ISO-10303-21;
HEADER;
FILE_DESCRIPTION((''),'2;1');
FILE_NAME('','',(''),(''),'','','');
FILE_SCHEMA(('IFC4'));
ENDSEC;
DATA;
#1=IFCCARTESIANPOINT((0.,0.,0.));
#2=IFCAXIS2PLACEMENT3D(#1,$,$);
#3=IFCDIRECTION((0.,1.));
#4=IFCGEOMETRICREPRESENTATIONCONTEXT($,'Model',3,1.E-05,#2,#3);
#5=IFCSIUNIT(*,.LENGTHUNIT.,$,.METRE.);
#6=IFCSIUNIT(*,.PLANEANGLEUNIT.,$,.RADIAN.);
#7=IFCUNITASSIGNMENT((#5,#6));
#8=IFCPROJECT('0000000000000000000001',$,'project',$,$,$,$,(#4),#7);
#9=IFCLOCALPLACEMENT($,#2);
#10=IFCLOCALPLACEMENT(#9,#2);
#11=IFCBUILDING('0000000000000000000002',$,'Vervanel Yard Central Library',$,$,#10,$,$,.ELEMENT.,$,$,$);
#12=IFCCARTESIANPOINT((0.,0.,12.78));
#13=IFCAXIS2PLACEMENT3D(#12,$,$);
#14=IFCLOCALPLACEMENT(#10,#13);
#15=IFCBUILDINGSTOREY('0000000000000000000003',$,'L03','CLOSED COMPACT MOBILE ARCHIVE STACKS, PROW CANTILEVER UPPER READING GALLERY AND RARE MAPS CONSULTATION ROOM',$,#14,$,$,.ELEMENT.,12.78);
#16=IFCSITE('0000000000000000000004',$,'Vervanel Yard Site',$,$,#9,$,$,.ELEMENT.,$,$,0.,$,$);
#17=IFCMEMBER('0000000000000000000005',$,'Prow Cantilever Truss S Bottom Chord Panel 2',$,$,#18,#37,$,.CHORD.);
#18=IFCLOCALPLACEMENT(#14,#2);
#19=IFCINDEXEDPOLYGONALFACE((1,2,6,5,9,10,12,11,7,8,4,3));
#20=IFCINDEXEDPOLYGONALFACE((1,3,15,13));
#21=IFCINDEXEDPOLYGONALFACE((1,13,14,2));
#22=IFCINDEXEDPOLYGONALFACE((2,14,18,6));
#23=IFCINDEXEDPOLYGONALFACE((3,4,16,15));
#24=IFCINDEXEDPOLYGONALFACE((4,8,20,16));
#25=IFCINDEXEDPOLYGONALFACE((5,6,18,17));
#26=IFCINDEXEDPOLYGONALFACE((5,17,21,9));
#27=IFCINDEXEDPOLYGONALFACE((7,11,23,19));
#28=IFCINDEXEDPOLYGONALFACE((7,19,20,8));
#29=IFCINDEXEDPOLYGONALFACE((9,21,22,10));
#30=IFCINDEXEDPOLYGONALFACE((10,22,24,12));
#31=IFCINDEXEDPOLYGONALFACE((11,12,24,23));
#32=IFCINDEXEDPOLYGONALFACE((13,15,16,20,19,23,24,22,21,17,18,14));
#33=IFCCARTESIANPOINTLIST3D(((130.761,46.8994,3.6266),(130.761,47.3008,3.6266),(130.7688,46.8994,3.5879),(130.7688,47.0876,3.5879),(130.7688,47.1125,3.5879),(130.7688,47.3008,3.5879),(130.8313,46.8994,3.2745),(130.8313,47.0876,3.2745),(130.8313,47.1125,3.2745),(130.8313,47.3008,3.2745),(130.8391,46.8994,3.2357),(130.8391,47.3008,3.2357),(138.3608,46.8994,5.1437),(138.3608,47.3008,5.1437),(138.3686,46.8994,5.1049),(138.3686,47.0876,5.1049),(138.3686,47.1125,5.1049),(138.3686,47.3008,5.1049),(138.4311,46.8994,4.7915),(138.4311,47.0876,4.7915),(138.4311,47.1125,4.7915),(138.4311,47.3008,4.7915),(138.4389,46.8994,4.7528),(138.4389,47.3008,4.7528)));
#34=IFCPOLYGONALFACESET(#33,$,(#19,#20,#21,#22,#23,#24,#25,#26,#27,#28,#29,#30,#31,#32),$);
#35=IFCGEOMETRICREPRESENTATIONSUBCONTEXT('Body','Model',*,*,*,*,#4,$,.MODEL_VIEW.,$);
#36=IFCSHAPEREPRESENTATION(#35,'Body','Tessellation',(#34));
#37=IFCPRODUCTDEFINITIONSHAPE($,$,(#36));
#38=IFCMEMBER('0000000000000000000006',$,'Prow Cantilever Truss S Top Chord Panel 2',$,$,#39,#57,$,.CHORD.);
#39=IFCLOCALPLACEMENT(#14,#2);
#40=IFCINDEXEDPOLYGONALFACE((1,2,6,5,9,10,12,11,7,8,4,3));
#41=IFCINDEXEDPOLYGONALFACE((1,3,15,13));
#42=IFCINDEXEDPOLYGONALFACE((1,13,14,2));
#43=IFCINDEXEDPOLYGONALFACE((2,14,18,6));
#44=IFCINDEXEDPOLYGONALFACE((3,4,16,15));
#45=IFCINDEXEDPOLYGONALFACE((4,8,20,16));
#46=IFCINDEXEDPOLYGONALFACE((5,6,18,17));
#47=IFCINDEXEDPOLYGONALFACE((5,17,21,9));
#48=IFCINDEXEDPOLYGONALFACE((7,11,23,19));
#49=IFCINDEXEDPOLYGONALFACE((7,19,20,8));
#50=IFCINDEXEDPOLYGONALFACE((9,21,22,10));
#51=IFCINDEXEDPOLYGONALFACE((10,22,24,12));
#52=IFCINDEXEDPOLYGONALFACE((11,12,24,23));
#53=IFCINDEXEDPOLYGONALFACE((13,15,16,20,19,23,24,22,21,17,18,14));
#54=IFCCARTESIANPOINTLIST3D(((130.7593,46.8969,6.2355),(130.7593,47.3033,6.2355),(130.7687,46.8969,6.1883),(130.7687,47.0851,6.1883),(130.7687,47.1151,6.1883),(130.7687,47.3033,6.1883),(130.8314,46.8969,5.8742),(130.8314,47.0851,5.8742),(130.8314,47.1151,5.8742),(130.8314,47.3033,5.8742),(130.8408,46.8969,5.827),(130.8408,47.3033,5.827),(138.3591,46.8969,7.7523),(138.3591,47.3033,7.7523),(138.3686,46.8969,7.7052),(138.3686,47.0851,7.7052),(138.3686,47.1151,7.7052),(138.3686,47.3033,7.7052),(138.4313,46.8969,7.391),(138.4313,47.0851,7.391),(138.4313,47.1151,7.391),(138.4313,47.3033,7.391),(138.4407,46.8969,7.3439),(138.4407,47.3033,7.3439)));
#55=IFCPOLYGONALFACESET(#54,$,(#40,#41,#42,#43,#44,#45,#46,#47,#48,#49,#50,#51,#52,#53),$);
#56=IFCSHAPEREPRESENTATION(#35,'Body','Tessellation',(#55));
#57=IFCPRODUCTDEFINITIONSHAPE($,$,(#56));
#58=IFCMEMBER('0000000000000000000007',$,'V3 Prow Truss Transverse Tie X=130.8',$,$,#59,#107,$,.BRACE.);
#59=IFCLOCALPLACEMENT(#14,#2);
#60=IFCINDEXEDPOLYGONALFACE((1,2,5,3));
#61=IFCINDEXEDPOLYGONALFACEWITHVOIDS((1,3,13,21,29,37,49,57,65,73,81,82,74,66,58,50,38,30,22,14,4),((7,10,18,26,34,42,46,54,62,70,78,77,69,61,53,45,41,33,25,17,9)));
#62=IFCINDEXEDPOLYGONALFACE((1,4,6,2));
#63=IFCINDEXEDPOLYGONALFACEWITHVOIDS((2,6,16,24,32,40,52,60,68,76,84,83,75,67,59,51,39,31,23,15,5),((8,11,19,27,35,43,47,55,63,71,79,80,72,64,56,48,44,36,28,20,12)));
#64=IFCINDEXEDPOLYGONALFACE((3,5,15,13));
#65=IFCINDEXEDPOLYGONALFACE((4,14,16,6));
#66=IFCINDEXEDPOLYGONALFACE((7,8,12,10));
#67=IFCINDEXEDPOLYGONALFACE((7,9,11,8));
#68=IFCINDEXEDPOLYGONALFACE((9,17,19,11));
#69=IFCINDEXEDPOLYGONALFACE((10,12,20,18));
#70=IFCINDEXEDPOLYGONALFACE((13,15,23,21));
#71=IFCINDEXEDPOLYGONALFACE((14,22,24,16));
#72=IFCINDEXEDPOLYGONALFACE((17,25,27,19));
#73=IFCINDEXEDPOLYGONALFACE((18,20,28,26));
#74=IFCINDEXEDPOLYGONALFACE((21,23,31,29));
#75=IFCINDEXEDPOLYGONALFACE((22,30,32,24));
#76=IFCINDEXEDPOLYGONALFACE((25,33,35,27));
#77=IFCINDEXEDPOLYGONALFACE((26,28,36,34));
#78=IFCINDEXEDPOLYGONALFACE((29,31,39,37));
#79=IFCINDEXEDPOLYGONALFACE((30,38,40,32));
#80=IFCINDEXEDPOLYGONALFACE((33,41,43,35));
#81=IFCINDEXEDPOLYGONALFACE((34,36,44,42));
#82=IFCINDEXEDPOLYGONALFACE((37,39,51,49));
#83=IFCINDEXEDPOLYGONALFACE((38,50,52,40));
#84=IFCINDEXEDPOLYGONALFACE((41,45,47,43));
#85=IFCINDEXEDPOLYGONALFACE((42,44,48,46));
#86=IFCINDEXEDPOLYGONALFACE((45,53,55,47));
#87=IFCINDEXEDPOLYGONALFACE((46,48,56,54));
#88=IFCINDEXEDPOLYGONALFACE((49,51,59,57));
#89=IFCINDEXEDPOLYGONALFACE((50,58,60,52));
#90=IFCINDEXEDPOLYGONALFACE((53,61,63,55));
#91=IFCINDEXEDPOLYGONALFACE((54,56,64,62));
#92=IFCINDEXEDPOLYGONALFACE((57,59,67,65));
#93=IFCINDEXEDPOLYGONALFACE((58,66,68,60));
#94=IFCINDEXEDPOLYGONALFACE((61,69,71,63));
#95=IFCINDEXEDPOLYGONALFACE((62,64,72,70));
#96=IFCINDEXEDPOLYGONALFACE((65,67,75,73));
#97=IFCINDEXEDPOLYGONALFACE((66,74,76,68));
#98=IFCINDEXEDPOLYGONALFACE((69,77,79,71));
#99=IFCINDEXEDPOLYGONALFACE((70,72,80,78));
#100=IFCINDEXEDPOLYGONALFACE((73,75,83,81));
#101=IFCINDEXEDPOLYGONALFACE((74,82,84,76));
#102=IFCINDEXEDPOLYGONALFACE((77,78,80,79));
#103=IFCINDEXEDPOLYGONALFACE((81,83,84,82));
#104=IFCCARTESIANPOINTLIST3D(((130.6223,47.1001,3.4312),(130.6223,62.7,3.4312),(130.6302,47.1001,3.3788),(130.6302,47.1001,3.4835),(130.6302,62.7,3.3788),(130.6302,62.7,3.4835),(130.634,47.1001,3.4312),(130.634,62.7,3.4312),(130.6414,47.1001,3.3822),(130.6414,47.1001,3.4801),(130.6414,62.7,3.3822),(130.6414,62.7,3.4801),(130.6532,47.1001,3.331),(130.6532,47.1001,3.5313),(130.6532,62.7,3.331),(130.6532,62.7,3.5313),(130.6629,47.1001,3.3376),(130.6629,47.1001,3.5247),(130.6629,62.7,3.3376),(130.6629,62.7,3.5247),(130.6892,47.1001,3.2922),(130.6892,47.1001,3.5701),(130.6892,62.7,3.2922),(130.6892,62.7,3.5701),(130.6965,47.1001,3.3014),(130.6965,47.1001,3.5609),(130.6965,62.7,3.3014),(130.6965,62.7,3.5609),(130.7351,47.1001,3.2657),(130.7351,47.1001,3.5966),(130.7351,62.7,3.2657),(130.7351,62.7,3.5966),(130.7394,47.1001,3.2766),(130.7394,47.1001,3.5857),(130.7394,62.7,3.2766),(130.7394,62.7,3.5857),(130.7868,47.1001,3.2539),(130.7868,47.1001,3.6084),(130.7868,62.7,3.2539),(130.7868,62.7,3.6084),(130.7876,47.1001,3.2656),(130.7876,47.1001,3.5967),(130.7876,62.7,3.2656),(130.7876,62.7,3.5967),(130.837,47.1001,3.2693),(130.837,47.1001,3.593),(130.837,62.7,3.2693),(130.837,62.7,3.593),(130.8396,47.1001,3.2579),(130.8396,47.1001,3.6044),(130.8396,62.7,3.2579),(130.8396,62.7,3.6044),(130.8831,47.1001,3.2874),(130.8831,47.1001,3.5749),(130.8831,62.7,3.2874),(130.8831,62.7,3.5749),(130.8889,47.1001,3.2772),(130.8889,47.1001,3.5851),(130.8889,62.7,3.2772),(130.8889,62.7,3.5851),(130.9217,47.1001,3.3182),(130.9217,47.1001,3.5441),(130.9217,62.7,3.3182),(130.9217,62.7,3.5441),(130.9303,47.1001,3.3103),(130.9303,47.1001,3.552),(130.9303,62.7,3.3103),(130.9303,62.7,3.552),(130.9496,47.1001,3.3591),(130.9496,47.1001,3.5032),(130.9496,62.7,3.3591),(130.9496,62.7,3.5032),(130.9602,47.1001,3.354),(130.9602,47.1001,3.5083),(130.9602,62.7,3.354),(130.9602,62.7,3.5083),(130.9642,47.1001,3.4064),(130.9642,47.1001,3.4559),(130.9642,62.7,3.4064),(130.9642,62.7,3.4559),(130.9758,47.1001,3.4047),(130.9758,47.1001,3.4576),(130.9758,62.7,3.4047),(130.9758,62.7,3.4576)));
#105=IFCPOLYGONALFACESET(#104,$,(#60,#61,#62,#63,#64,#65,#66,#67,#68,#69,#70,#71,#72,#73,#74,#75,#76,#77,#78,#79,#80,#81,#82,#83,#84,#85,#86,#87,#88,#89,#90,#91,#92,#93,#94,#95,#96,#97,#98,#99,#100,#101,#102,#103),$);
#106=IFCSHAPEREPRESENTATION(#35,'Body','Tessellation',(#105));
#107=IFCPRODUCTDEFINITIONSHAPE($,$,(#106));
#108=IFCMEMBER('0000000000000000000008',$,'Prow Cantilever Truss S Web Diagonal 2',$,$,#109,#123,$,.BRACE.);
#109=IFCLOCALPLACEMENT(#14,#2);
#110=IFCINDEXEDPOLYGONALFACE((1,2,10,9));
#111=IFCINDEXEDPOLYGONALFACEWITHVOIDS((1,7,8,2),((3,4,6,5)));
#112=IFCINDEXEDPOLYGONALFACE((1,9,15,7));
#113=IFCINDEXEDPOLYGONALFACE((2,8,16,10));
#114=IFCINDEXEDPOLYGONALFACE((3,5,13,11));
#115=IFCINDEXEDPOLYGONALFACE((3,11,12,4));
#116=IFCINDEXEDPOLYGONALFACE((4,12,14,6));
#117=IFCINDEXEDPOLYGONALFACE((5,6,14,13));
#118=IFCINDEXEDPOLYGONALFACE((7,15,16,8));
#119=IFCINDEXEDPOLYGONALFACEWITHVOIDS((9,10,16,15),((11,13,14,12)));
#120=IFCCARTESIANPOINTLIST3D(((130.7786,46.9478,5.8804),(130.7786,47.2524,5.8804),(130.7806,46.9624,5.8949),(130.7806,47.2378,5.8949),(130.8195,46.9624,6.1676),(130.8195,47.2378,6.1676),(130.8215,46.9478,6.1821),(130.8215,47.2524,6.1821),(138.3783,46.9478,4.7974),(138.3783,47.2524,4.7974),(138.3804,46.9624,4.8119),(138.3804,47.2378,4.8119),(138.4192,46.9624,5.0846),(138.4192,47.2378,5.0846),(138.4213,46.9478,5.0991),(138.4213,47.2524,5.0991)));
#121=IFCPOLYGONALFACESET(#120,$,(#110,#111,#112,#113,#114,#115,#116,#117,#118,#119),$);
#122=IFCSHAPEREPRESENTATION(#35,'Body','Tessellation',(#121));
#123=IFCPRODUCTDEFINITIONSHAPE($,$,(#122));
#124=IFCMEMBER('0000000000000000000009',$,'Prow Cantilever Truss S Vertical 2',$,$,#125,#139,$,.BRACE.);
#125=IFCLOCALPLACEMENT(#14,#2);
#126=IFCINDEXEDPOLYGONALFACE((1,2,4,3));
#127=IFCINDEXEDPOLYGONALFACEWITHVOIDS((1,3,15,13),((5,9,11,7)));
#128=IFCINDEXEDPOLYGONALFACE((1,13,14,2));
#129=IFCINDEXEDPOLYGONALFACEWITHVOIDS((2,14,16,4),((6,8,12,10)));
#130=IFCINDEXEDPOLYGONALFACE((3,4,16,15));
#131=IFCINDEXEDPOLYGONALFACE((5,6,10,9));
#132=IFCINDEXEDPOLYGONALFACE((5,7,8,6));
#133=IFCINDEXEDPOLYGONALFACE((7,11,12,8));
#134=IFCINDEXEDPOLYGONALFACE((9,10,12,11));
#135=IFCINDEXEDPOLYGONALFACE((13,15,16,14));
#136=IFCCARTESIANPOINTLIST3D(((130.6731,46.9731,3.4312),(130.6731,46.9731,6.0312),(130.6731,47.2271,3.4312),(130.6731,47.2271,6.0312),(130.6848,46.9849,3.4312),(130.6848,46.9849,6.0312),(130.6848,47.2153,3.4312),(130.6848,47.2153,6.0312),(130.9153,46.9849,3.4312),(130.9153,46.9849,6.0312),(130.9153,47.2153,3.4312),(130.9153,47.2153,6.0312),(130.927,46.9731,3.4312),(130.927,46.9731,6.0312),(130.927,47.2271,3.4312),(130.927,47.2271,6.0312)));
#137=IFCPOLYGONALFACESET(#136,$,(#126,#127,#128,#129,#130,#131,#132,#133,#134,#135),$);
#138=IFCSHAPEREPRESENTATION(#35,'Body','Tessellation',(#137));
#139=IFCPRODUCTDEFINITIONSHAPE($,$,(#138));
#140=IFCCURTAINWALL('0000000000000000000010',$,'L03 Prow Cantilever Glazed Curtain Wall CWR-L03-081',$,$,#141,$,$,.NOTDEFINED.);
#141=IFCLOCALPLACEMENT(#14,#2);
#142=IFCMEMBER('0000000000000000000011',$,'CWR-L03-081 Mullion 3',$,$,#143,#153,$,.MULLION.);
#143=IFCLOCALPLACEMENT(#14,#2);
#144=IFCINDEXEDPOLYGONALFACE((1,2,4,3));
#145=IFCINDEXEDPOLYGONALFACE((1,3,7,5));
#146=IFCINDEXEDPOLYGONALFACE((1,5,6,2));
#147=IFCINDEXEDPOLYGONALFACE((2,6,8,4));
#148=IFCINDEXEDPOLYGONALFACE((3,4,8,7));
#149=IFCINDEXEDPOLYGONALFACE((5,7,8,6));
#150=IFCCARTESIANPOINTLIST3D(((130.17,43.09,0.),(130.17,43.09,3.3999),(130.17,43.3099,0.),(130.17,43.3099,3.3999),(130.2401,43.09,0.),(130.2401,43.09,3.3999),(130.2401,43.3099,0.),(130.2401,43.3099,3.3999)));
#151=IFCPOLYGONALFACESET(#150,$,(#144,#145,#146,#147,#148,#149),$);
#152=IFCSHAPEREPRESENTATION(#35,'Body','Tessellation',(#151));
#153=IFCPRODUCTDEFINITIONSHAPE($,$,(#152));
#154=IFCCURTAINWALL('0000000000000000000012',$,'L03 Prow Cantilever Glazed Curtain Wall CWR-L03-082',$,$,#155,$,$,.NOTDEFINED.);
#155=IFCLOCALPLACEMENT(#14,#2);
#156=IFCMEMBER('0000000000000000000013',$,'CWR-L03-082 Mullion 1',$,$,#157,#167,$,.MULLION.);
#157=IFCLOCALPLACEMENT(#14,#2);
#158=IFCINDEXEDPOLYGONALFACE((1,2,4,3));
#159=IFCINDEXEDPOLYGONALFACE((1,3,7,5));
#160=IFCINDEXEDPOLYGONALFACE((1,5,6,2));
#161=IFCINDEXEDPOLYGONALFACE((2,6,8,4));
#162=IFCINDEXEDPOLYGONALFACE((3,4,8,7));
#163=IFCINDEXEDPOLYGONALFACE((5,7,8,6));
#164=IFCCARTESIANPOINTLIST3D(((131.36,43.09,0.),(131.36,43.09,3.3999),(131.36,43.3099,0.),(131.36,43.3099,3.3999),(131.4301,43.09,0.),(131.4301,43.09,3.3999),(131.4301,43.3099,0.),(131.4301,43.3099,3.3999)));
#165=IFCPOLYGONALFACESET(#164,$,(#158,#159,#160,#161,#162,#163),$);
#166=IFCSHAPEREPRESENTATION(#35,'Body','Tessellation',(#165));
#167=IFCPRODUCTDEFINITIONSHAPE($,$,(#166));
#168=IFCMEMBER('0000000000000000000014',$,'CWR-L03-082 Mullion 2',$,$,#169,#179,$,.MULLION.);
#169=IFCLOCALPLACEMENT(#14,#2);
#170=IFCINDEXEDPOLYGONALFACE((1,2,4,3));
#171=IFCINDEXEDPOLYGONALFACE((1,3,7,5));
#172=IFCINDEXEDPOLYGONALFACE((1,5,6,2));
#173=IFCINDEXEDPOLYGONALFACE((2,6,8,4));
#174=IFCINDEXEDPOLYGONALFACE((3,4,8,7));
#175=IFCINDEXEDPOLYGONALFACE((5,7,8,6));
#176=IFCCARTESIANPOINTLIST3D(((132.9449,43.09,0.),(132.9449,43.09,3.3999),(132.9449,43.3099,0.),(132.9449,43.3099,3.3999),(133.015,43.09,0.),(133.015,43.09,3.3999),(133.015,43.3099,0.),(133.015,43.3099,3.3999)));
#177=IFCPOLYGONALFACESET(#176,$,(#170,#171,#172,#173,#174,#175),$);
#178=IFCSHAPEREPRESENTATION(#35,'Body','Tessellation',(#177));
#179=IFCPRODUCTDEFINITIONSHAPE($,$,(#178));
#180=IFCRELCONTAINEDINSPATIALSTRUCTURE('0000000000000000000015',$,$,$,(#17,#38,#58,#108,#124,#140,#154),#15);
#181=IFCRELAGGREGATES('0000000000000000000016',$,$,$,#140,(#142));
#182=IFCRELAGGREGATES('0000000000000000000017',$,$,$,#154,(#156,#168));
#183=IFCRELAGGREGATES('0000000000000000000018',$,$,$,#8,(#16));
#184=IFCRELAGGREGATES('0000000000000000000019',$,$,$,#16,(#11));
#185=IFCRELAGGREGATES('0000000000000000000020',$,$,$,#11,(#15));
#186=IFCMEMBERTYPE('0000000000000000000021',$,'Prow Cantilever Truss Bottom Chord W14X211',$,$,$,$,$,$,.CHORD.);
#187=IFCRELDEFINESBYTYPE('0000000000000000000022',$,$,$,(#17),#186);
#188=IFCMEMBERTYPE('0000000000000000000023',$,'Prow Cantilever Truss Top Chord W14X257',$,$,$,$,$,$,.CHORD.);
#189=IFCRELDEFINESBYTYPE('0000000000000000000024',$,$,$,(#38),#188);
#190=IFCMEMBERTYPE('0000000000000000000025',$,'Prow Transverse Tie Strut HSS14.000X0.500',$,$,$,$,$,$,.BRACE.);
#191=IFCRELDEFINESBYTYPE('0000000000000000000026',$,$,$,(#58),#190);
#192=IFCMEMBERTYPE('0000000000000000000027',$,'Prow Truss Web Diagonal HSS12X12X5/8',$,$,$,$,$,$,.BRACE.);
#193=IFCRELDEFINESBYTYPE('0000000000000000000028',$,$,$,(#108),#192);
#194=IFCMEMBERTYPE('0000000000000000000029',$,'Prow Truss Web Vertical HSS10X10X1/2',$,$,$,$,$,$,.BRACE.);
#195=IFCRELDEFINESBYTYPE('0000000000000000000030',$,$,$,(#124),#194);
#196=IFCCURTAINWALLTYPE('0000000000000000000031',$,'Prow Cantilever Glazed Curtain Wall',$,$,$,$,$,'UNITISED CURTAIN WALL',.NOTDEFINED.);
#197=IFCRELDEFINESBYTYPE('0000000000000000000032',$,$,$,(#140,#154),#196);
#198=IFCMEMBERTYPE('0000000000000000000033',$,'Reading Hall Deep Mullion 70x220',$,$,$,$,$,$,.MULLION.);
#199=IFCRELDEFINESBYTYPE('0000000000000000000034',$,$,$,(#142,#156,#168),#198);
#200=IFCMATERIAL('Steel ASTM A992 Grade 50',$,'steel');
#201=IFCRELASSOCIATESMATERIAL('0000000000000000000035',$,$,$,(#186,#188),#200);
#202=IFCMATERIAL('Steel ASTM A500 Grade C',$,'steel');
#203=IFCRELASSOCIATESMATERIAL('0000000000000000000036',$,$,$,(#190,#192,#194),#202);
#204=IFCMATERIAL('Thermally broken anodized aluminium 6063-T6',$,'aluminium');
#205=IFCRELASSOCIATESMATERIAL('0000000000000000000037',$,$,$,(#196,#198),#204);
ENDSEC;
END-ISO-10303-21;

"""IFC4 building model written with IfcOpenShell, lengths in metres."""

from ifc_helpers import new_model, si_unit, direction, frame, origin, origin_2d, place, context, subcontext, project, spatial, rectangle, hollow_rectangle, hollow_circle, i_section, extrude, material, material_profile, profile_set, type_object, element, aggregate, save


model = new_model("IFC4")

# Units and contexts
model_context = context("Model", 3, precision=1e-05, world=origin(), true_north=direction((0.0, 1.0)))
body_context = subcontext(model_context, "Body", "Model", "MODEL_VIEW")
ifc_project = project(units=[si_unit("LENGTHUNIT", "METRE"), si_unit("PLANEANGLEUNIT", "RADIAN")], contexts=[model_context])

# Site, building, storey
site_placement = place(None, origin())
site = spatial("IfcSite", under=ifc_project, at=site_placement, Name="Vervanel Yard Site", CompositionType="ELEMENT", RefElevation=0.0)
building_placement = place(site_placement, origin())
building = spatial("IfcBuilding", under=site, at=building_placement, Name="Vervanel Yard Central Library", CompositionType="ELEMENT")
storey_placement = place(building_placement, frame((0.0, 0.0, 12.78)))
storey = spatial("IfcBuildingStorey", under=building, at=storey_placement, Name="L03", Description="CLOSED COMPACT MOBILE ARCHIVE STACKS, PROW CANTILEVER UPPER READING GALLERY AND RARE MAPS CONSULTATION ROOM", CompositionType="ELEMENT", Elevation=12.78)

# Members
ifc_material_1 = material(Name="Steel ASTM A992 Grade 50", Category="steel")
ifc_material_profile_1 = material_profile(ifc_material_1, i_section(OverallWidth=0.4014, OverallDepth=0.3987, WebThickness=0.0249, FlangeThickness=0.0396, at=origin_2d()), Name="W14X211", Category="steel")
ifc_profile_set_1 = profile_set([ifc_material_profile_1], Name="Steel ASTM A992 Grade 50")
member_type_1 = type_object("IfcMemberType", Name="Prow Cantilever Truss Bottom Chord W14X211", PredefinedType="CHORD", material=ifc_profile_set_1)
member_1_placement = place(storey_placement, frame((130.8, 47.1001, 3.4312), z_axis=(0.980652, 0.0, 0.195759), x_axis=(0.0, 1.0, 0.0)))
element("IfcMember", 1, at=member_1_placement, inside=storey, type_object=member_type_1, Name="Prow Cantilever Truss S Bottom Chord Panel 2", PredefinedType="CHORD", context=body_context, shape_type="SweptSolid", body=[
    extrude(i_section(OverallWidth=0.4014, OverallDepth=0.3987, WebThickness=0.0249, FlangeThickness=0.0396, at=origin_2d()), origin(), (0.0, 0.0, 1.0), 7.7498),
])
ifc_material_profile_2 = material_profile(ifc_material_1, i_section(OverallWidth=0.4065, OverallDepth=0.4165, WebThickness=0.03, FlangeThickness=0.0481, at=origin_2d()), Name="W14X257", Category="steel")
ifc_profile_set_2 = profile_set([ifc_material_profile_2], Name="Steel ASTM A992 Grade 50")
member_type_2 = type_object("IfcMemberType", Name="Prow Cantilever Truss Top Chord W14X257", PredefinedType="CHORD", material=ifc_profile_set_2)
member_2_placement = place(storey_placement, frame((130.8, 47.1001, 6.0312), z_axis=(0.980658, 0.0, 0.195728), x_axis=(0.0, 1.0, 0.0)))
element("IfcMember", 2, at=member_2_placement, inside=storey, type_object=member_type_2, Name="Prow Cantilever Truss S Top Chord Panel 2", PredefinedType="CHORD", context=body_context, shape_type="SweptSolid", body=[
    extrude(i_section(OverallWidth=0.4065, OverallDepth=0.4165, WebThickness=0.03, FlangeThickness=0.0481, at=origin_2d()), origin(), (0.0, 0.0, 1.0), 7.7498),
])
ifc_material_2 = material(Name="Steel ASTM A500 Grade C", Category="steel")
ifc_material_profile_3 = material_profile(ifc_material_2, hollow_circle(Radius=0.1777, WallThickness=0.0117, at=origin_2d()), Name="HSS14.000X0.500", Category="steel")
ifc_profile_set_3 = profile_set([ifc_material_profile_3], Name="Steel ASTM A500 Grade C")
member_type_3 = type_object("IfcMemberType", Name="Prow Transverse Tie Strut HSS14.000X0.500", PredefinedType="BRACE", material=ifc_profile_set_3)
member_3_placement = place(storey_placement, frame((130.8, 47.1001, 3.4312), z_axis=(0.0, 1.0, 0.0), x_axis=(-1.0, 0.0, 0.0)))
element("IfcMember", 3, at=member_3_placement, inside=storey, type_object=member_type_3, Name="V3 Prow Truss Transverse Tie X=130.8", PredefinedType="BRACE", context=body_context, shape_type="SweptSolid", body=[
    extrude(hollow_circle(Radius=0.1777, WallThickness=0.0117, at=origin_2d()), origin(), (0.0, 0.0, 1.0), 15.5999),
])
ifc_material_profile_4 = material_profile(ifc_material_2, hollow_rectangle(XDim=0.3047, YDim=0.3047, WallThickness=0.0146, at=origin_2d()), Name="HSS12X12X5/8", Category="steel")
ifc_profile_set_4 = profile_set([ifc_material_profile_4], Name="Steel ASTM A500 Grade C")
member_type_4 = type_object("IfcMemberType", Name="Prow Truss Web Diagonal HSS12X12X5/8", PredefinedType="BRACE", material=ifc_profile_set_4)
member_4_placement = place(storey_placement, frame((130.8, 47.1001, 6.0312), z_axis=(0.989998, 0.0, -0.141079), x_axis=(0.0, 1.0, 0.0)))
element("IfcMember", 4, at=member_4_placement, inside=storey, type_object=member_type_4, Name="Prow Cantilever Truss S Web Diagonal 2", PredefinedType="BRACE", context=body_context, shape_type="SweptSolid", body=[
    extrude(hollow_rectangle(XDim=0.3047, YDim=0.3047, WallThickness=0.0146, at=origin_2d()), origin(), (0.0, 0.0, 1.0), 7.6765),
])
ifc_material_profile_5 = material_profile(ifc_material_2, hollow_rectangle(XDim=0.2539, YDim=0.2539, WallThickness=0.0117, at=origin_2d()), Name="HSS10X10X1/2", Category="steel")
ifc_profile_set_5 = profile_set([ifc_material_profile_5], Name="Steel ASTM A500 Grade C")
member_type_5 = type_object("IfcMemberType", Name="Prow Truss Web Vertical HSS10X10X1/2", PredefinedType="BRACE", material=ifc_profile_set_5)
member_5_placement = place(storey_placement, frame((130.8, 47.1001, 3.4312), z_axis=(0.0, 0.0, 1.0), x_axis=(1.0, 0.0, 0.0)))
element("IfcMember", 5, at=member_5_placement, inside=storey, type_object=member_type_5, Name="Prow Cantilever Truss S Vertical 2", PredefinedType="BRACE", context=body_context, shape_type="SweptSolid", body=[
    extrude(hollow_rectangle(XDim=0.2539, YDim=0.2539, WallThickness=0.0117, at=origin_2d()), origin(), (0.0, 0.0, 1.0), 2.6001),
])

# Curtain wall, member
ifc_material_3 = material(Name="Thermally broken anodized aluminium 6063-T6", Category="aluminium")
curtain_wall_type = type_object("IfcCurtainWallType", Name="Prow Cantilever Glazed Curtain Wall", ElementType="UNITISED CURTAIN WALL", PredefinedType="NOTDEFINED", material=ifc_material_3)
curtain_wall_1_placement = place(storey_placement, origin())
curtain_wall_1 = element("IfcCurtainWall", 6, at=curtain_wall_1_placement, inside=storey, type_object=curtain_wall_type, Name="L03 Prow Cantilever Glazed Curtain Wall CWR-L03-081", PredefinedType="NOTDEFINED")
ifc_material_profile_6 = material_profile(ifc_material_3, rectangle(XDim=0.0701, YDim=0.22, at=origin_2d()), Name="ALU 70x220", Category="aluminium")
ifc_profile_set_6 = profile_set([ifc_material_profile_6], Name="Thermally broken anodized aluminium 6063-T6")
member_type_6 = type_object("IfcMemberType", Name="Reading Hall Deep Mullion 70x220", PredefinedType="MULLION", material=ifc_profile_set_6)
member_6_placement = place(storey_placement, frame((130.2051, 43.2, 0.0), z_axis=(0.0, 0.0, 1.0), x_axis=(1.0, 0.0, 0.0)))
member_6 = element("IfcMember", 7, at=member_6_placement, type_object=member_type_6, Name="CWR-L03-081 Mullion 3", PredefinedType="MULLION", context=body_context, shape_type="SweptSolid", body=[
    extrude(rectangle(XDim=0.0701, YDim=0.22, at=origin_2d()), origin(), (0.0, 0.0, 1.0), 3.3999),
])

# Curtain wall, members
curtain_wall_2_placement = place(storey_placement, origin())
curtain_wall_2 = element("IfcCurtainWall", 8, at=curtain_wall_2_placement, inside=storey, type_object=curtain_wall_type, Name="L03 Prow Cantilever Glazed Curtain Wall CWR-L03-082", PredefinedType="NOTDEFINED")
member_7_placement = place(storey_placement, frame((131.395, 43.2, 0.0), z_axis=(0.0, 0.0, 1.0), x_axis=(1.0, 0.0, 0.0)))
member_7 = element("IfcMember", 9, at=member_7_placement, type_object=member_type_6, Name="CWR-L03-082 Mullion 1", PredefinedType="MULLION", context=body_context, shape_type="SweptSolid", body=[
    extrude(rectangle(XDim=0.0701, YDim=0.22, at=origin_2d()), origin(), (0.0, 0.0, 1.0), 3.3999),
])
member_8_placement = place(storey_placement, frame((132.98, 43.2, 0.0), z_axis=(0.0, 0.0, 1.0), x_axis=(1.0, 0.0, 0.0)))
member_8 = element("IfcMember", 10, at=member_8_placement, type_object=member_type_6, Name="CWR-L03-082 Mullion 2", PredefinedType="MULLION", context=body_context, shape_type="SweptSolid", body=[
    extrude(rectangle(XDim=0.0701, YDim=0.22, at=origin_2d()), origin(), (0.0, 0.0, 1.0), 3.3999),
])

aggregate(curtain_wall_1, [member_6])
aggregate(curtain_wall_2, [member_7, member_8])

save(model, "model.ifc")
